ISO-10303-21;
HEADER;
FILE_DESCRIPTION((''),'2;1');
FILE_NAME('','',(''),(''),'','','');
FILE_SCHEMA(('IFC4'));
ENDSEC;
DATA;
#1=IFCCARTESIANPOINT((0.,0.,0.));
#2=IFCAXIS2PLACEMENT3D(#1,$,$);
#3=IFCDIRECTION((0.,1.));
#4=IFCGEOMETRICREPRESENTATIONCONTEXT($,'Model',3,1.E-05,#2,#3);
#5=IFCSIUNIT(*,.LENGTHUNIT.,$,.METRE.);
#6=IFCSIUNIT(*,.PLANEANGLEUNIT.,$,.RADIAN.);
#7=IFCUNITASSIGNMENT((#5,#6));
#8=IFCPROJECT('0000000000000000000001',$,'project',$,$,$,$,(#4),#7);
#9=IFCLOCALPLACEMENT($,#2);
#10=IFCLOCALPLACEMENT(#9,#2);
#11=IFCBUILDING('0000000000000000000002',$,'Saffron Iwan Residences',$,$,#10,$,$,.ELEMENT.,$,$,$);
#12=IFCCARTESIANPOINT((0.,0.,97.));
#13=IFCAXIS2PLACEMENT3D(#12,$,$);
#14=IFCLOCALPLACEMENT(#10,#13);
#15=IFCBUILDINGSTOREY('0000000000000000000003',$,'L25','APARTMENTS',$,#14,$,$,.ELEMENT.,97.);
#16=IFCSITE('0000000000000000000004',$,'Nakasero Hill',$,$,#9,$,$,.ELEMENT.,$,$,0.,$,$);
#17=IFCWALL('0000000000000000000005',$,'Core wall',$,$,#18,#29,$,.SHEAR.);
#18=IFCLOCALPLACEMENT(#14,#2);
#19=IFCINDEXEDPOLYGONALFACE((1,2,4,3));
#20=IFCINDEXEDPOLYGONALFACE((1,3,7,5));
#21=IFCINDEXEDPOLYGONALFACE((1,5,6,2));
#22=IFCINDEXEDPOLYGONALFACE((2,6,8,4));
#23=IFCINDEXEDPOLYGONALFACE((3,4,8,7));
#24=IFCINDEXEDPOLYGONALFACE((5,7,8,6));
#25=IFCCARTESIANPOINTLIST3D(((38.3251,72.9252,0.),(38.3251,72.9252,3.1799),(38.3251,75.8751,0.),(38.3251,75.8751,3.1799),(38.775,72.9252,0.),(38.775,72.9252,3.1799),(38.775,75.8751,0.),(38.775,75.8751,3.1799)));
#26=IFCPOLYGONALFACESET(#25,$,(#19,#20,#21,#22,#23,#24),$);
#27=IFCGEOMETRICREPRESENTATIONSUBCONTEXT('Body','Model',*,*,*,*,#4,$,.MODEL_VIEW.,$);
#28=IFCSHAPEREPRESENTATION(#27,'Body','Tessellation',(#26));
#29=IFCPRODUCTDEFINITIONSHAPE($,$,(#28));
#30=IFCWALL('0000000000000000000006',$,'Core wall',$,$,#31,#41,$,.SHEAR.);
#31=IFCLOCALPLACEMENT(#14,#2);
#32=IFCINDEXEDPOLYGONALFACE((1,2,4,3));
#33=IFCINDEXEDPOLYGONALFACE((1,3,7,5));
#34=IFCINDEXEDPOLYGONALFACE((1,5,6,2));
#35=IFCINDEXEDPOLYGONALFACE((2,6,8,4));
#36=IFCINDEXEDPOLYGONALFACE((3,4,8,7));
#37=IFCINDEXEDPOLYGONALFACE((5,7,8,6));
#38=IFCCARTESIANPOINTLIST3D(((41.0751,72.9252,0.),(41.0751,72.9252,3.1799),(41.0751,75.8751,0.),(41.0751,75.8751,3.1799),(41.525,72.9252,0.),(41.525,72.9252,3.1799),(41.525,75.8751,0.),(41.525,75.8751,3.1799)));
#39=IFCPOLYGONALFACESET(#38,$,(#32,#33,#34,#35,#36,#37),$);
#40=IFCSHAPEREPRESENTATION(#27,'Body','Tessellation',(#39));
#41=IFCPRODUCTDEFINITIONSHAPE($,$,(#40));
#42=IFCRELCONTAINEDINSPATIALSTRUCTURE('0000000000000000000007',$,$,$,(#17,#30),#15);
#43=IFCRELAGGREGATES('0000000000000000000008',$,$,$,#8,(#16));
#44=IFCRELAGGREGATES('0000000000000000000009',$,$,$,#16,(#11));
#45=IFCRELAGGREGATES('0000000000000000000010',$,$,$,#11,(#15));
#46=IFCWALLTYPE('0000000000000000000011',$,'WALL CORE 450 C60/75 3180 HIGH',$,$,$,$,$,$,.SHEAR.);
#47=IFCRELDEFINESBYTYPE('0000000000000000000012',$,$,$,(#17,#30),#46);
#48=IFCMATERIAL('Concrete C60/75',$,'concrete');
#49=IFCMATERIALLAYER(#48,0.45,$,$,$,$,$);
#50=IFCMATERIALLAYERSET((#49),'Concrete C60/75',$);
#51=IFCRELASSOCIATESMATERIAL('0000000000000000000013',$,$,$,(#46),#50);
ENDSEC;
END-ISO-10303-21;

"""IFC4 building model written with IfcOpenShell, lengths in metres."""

from ifc_helpers import new_model, si_unit, direction, frame, frame_2d, origin, place, context, subcontext, project, spatial, rectangle, extrude, material, layer, layer_set, type_object, element, save


model = new_model("IFC4")

# Units and contexts
model_context = context("Model", 3, precision=1e-05, world=origin(), true_north=direction((0.0, 1.0)))
body_context = subcontext(model_context, "Body", "Model", "MODEL_VIEW")
ifc_project = project(units=[si_unit("LENGTHUNIT", "METRE"), si_unit("PLANEANGLEUNIT", "RADIAN")], contexts=[model_context])

# Site, building, storey
site_placement = place(None, origin())
site = spatial("IfcSite", under=ifc_project, at=site_placement, Name="Nakasero Hill", CompositionType="ELEMENT", RefElevation=0.0)
building_placement = place(site_placement, origin())
building = spatial("IfcBuilding", under=site, at=building_placement, Name="Saffron Iwan Residences", CompositionType="ELEMENT")
storey_placement = place(building_placement, frame((0.0, 0.0, 97.0)))
storey = spatial("IfcBuildingStorey", under=building, at=storey_placement, Name="L25", Description="APARTMENTS", CompositionType="ELEMENT", Elevation=97.0)

# Shared definitions
ifc_material_1 = material(Name="Concrete C60/75", Category="concrete")
ifc_layer = layer(ifc_material_1, 0.45)
ifc_layer_set = layer_set([ifc_layer], Name="Concrete C60/75")
wall_type = type_object("IfcWallType", Name="WALL CORE 450 C60/75 3180 HIGH", PredefinedType="SHEAR", material=ifc_layer_set)

# Walls
for number, where, z_axis, x_axis, name in (
    (1, (38.55, 72.925, 0.0), (0.0, 0.0, 1.0), (0.0, 1.0, 0.0), "Core wall"),
    (2, (41.3, 72.925, 0.0), (0.0, 0.0, 1.0), (0.0, 1.0, 0.0), "Core wall"),
):
    element("IfcWall", number, at=place(storey_placement, frame(where, z_axis=z_axis, x_axis=x_axis)), inside=storey, type_object=wall_type, Name=name, PredefinedType="SHEAR", context=body_context, shape_type="SweptSolid", body=[
        extrude(rectangle(XDim=2.95, YDim=0.45, at=frame_2d((1.4751, 0.0))), origin(), (0.0, 0.0, 1.0), 3.1799),
    ])

save(model, "model.ifc")
